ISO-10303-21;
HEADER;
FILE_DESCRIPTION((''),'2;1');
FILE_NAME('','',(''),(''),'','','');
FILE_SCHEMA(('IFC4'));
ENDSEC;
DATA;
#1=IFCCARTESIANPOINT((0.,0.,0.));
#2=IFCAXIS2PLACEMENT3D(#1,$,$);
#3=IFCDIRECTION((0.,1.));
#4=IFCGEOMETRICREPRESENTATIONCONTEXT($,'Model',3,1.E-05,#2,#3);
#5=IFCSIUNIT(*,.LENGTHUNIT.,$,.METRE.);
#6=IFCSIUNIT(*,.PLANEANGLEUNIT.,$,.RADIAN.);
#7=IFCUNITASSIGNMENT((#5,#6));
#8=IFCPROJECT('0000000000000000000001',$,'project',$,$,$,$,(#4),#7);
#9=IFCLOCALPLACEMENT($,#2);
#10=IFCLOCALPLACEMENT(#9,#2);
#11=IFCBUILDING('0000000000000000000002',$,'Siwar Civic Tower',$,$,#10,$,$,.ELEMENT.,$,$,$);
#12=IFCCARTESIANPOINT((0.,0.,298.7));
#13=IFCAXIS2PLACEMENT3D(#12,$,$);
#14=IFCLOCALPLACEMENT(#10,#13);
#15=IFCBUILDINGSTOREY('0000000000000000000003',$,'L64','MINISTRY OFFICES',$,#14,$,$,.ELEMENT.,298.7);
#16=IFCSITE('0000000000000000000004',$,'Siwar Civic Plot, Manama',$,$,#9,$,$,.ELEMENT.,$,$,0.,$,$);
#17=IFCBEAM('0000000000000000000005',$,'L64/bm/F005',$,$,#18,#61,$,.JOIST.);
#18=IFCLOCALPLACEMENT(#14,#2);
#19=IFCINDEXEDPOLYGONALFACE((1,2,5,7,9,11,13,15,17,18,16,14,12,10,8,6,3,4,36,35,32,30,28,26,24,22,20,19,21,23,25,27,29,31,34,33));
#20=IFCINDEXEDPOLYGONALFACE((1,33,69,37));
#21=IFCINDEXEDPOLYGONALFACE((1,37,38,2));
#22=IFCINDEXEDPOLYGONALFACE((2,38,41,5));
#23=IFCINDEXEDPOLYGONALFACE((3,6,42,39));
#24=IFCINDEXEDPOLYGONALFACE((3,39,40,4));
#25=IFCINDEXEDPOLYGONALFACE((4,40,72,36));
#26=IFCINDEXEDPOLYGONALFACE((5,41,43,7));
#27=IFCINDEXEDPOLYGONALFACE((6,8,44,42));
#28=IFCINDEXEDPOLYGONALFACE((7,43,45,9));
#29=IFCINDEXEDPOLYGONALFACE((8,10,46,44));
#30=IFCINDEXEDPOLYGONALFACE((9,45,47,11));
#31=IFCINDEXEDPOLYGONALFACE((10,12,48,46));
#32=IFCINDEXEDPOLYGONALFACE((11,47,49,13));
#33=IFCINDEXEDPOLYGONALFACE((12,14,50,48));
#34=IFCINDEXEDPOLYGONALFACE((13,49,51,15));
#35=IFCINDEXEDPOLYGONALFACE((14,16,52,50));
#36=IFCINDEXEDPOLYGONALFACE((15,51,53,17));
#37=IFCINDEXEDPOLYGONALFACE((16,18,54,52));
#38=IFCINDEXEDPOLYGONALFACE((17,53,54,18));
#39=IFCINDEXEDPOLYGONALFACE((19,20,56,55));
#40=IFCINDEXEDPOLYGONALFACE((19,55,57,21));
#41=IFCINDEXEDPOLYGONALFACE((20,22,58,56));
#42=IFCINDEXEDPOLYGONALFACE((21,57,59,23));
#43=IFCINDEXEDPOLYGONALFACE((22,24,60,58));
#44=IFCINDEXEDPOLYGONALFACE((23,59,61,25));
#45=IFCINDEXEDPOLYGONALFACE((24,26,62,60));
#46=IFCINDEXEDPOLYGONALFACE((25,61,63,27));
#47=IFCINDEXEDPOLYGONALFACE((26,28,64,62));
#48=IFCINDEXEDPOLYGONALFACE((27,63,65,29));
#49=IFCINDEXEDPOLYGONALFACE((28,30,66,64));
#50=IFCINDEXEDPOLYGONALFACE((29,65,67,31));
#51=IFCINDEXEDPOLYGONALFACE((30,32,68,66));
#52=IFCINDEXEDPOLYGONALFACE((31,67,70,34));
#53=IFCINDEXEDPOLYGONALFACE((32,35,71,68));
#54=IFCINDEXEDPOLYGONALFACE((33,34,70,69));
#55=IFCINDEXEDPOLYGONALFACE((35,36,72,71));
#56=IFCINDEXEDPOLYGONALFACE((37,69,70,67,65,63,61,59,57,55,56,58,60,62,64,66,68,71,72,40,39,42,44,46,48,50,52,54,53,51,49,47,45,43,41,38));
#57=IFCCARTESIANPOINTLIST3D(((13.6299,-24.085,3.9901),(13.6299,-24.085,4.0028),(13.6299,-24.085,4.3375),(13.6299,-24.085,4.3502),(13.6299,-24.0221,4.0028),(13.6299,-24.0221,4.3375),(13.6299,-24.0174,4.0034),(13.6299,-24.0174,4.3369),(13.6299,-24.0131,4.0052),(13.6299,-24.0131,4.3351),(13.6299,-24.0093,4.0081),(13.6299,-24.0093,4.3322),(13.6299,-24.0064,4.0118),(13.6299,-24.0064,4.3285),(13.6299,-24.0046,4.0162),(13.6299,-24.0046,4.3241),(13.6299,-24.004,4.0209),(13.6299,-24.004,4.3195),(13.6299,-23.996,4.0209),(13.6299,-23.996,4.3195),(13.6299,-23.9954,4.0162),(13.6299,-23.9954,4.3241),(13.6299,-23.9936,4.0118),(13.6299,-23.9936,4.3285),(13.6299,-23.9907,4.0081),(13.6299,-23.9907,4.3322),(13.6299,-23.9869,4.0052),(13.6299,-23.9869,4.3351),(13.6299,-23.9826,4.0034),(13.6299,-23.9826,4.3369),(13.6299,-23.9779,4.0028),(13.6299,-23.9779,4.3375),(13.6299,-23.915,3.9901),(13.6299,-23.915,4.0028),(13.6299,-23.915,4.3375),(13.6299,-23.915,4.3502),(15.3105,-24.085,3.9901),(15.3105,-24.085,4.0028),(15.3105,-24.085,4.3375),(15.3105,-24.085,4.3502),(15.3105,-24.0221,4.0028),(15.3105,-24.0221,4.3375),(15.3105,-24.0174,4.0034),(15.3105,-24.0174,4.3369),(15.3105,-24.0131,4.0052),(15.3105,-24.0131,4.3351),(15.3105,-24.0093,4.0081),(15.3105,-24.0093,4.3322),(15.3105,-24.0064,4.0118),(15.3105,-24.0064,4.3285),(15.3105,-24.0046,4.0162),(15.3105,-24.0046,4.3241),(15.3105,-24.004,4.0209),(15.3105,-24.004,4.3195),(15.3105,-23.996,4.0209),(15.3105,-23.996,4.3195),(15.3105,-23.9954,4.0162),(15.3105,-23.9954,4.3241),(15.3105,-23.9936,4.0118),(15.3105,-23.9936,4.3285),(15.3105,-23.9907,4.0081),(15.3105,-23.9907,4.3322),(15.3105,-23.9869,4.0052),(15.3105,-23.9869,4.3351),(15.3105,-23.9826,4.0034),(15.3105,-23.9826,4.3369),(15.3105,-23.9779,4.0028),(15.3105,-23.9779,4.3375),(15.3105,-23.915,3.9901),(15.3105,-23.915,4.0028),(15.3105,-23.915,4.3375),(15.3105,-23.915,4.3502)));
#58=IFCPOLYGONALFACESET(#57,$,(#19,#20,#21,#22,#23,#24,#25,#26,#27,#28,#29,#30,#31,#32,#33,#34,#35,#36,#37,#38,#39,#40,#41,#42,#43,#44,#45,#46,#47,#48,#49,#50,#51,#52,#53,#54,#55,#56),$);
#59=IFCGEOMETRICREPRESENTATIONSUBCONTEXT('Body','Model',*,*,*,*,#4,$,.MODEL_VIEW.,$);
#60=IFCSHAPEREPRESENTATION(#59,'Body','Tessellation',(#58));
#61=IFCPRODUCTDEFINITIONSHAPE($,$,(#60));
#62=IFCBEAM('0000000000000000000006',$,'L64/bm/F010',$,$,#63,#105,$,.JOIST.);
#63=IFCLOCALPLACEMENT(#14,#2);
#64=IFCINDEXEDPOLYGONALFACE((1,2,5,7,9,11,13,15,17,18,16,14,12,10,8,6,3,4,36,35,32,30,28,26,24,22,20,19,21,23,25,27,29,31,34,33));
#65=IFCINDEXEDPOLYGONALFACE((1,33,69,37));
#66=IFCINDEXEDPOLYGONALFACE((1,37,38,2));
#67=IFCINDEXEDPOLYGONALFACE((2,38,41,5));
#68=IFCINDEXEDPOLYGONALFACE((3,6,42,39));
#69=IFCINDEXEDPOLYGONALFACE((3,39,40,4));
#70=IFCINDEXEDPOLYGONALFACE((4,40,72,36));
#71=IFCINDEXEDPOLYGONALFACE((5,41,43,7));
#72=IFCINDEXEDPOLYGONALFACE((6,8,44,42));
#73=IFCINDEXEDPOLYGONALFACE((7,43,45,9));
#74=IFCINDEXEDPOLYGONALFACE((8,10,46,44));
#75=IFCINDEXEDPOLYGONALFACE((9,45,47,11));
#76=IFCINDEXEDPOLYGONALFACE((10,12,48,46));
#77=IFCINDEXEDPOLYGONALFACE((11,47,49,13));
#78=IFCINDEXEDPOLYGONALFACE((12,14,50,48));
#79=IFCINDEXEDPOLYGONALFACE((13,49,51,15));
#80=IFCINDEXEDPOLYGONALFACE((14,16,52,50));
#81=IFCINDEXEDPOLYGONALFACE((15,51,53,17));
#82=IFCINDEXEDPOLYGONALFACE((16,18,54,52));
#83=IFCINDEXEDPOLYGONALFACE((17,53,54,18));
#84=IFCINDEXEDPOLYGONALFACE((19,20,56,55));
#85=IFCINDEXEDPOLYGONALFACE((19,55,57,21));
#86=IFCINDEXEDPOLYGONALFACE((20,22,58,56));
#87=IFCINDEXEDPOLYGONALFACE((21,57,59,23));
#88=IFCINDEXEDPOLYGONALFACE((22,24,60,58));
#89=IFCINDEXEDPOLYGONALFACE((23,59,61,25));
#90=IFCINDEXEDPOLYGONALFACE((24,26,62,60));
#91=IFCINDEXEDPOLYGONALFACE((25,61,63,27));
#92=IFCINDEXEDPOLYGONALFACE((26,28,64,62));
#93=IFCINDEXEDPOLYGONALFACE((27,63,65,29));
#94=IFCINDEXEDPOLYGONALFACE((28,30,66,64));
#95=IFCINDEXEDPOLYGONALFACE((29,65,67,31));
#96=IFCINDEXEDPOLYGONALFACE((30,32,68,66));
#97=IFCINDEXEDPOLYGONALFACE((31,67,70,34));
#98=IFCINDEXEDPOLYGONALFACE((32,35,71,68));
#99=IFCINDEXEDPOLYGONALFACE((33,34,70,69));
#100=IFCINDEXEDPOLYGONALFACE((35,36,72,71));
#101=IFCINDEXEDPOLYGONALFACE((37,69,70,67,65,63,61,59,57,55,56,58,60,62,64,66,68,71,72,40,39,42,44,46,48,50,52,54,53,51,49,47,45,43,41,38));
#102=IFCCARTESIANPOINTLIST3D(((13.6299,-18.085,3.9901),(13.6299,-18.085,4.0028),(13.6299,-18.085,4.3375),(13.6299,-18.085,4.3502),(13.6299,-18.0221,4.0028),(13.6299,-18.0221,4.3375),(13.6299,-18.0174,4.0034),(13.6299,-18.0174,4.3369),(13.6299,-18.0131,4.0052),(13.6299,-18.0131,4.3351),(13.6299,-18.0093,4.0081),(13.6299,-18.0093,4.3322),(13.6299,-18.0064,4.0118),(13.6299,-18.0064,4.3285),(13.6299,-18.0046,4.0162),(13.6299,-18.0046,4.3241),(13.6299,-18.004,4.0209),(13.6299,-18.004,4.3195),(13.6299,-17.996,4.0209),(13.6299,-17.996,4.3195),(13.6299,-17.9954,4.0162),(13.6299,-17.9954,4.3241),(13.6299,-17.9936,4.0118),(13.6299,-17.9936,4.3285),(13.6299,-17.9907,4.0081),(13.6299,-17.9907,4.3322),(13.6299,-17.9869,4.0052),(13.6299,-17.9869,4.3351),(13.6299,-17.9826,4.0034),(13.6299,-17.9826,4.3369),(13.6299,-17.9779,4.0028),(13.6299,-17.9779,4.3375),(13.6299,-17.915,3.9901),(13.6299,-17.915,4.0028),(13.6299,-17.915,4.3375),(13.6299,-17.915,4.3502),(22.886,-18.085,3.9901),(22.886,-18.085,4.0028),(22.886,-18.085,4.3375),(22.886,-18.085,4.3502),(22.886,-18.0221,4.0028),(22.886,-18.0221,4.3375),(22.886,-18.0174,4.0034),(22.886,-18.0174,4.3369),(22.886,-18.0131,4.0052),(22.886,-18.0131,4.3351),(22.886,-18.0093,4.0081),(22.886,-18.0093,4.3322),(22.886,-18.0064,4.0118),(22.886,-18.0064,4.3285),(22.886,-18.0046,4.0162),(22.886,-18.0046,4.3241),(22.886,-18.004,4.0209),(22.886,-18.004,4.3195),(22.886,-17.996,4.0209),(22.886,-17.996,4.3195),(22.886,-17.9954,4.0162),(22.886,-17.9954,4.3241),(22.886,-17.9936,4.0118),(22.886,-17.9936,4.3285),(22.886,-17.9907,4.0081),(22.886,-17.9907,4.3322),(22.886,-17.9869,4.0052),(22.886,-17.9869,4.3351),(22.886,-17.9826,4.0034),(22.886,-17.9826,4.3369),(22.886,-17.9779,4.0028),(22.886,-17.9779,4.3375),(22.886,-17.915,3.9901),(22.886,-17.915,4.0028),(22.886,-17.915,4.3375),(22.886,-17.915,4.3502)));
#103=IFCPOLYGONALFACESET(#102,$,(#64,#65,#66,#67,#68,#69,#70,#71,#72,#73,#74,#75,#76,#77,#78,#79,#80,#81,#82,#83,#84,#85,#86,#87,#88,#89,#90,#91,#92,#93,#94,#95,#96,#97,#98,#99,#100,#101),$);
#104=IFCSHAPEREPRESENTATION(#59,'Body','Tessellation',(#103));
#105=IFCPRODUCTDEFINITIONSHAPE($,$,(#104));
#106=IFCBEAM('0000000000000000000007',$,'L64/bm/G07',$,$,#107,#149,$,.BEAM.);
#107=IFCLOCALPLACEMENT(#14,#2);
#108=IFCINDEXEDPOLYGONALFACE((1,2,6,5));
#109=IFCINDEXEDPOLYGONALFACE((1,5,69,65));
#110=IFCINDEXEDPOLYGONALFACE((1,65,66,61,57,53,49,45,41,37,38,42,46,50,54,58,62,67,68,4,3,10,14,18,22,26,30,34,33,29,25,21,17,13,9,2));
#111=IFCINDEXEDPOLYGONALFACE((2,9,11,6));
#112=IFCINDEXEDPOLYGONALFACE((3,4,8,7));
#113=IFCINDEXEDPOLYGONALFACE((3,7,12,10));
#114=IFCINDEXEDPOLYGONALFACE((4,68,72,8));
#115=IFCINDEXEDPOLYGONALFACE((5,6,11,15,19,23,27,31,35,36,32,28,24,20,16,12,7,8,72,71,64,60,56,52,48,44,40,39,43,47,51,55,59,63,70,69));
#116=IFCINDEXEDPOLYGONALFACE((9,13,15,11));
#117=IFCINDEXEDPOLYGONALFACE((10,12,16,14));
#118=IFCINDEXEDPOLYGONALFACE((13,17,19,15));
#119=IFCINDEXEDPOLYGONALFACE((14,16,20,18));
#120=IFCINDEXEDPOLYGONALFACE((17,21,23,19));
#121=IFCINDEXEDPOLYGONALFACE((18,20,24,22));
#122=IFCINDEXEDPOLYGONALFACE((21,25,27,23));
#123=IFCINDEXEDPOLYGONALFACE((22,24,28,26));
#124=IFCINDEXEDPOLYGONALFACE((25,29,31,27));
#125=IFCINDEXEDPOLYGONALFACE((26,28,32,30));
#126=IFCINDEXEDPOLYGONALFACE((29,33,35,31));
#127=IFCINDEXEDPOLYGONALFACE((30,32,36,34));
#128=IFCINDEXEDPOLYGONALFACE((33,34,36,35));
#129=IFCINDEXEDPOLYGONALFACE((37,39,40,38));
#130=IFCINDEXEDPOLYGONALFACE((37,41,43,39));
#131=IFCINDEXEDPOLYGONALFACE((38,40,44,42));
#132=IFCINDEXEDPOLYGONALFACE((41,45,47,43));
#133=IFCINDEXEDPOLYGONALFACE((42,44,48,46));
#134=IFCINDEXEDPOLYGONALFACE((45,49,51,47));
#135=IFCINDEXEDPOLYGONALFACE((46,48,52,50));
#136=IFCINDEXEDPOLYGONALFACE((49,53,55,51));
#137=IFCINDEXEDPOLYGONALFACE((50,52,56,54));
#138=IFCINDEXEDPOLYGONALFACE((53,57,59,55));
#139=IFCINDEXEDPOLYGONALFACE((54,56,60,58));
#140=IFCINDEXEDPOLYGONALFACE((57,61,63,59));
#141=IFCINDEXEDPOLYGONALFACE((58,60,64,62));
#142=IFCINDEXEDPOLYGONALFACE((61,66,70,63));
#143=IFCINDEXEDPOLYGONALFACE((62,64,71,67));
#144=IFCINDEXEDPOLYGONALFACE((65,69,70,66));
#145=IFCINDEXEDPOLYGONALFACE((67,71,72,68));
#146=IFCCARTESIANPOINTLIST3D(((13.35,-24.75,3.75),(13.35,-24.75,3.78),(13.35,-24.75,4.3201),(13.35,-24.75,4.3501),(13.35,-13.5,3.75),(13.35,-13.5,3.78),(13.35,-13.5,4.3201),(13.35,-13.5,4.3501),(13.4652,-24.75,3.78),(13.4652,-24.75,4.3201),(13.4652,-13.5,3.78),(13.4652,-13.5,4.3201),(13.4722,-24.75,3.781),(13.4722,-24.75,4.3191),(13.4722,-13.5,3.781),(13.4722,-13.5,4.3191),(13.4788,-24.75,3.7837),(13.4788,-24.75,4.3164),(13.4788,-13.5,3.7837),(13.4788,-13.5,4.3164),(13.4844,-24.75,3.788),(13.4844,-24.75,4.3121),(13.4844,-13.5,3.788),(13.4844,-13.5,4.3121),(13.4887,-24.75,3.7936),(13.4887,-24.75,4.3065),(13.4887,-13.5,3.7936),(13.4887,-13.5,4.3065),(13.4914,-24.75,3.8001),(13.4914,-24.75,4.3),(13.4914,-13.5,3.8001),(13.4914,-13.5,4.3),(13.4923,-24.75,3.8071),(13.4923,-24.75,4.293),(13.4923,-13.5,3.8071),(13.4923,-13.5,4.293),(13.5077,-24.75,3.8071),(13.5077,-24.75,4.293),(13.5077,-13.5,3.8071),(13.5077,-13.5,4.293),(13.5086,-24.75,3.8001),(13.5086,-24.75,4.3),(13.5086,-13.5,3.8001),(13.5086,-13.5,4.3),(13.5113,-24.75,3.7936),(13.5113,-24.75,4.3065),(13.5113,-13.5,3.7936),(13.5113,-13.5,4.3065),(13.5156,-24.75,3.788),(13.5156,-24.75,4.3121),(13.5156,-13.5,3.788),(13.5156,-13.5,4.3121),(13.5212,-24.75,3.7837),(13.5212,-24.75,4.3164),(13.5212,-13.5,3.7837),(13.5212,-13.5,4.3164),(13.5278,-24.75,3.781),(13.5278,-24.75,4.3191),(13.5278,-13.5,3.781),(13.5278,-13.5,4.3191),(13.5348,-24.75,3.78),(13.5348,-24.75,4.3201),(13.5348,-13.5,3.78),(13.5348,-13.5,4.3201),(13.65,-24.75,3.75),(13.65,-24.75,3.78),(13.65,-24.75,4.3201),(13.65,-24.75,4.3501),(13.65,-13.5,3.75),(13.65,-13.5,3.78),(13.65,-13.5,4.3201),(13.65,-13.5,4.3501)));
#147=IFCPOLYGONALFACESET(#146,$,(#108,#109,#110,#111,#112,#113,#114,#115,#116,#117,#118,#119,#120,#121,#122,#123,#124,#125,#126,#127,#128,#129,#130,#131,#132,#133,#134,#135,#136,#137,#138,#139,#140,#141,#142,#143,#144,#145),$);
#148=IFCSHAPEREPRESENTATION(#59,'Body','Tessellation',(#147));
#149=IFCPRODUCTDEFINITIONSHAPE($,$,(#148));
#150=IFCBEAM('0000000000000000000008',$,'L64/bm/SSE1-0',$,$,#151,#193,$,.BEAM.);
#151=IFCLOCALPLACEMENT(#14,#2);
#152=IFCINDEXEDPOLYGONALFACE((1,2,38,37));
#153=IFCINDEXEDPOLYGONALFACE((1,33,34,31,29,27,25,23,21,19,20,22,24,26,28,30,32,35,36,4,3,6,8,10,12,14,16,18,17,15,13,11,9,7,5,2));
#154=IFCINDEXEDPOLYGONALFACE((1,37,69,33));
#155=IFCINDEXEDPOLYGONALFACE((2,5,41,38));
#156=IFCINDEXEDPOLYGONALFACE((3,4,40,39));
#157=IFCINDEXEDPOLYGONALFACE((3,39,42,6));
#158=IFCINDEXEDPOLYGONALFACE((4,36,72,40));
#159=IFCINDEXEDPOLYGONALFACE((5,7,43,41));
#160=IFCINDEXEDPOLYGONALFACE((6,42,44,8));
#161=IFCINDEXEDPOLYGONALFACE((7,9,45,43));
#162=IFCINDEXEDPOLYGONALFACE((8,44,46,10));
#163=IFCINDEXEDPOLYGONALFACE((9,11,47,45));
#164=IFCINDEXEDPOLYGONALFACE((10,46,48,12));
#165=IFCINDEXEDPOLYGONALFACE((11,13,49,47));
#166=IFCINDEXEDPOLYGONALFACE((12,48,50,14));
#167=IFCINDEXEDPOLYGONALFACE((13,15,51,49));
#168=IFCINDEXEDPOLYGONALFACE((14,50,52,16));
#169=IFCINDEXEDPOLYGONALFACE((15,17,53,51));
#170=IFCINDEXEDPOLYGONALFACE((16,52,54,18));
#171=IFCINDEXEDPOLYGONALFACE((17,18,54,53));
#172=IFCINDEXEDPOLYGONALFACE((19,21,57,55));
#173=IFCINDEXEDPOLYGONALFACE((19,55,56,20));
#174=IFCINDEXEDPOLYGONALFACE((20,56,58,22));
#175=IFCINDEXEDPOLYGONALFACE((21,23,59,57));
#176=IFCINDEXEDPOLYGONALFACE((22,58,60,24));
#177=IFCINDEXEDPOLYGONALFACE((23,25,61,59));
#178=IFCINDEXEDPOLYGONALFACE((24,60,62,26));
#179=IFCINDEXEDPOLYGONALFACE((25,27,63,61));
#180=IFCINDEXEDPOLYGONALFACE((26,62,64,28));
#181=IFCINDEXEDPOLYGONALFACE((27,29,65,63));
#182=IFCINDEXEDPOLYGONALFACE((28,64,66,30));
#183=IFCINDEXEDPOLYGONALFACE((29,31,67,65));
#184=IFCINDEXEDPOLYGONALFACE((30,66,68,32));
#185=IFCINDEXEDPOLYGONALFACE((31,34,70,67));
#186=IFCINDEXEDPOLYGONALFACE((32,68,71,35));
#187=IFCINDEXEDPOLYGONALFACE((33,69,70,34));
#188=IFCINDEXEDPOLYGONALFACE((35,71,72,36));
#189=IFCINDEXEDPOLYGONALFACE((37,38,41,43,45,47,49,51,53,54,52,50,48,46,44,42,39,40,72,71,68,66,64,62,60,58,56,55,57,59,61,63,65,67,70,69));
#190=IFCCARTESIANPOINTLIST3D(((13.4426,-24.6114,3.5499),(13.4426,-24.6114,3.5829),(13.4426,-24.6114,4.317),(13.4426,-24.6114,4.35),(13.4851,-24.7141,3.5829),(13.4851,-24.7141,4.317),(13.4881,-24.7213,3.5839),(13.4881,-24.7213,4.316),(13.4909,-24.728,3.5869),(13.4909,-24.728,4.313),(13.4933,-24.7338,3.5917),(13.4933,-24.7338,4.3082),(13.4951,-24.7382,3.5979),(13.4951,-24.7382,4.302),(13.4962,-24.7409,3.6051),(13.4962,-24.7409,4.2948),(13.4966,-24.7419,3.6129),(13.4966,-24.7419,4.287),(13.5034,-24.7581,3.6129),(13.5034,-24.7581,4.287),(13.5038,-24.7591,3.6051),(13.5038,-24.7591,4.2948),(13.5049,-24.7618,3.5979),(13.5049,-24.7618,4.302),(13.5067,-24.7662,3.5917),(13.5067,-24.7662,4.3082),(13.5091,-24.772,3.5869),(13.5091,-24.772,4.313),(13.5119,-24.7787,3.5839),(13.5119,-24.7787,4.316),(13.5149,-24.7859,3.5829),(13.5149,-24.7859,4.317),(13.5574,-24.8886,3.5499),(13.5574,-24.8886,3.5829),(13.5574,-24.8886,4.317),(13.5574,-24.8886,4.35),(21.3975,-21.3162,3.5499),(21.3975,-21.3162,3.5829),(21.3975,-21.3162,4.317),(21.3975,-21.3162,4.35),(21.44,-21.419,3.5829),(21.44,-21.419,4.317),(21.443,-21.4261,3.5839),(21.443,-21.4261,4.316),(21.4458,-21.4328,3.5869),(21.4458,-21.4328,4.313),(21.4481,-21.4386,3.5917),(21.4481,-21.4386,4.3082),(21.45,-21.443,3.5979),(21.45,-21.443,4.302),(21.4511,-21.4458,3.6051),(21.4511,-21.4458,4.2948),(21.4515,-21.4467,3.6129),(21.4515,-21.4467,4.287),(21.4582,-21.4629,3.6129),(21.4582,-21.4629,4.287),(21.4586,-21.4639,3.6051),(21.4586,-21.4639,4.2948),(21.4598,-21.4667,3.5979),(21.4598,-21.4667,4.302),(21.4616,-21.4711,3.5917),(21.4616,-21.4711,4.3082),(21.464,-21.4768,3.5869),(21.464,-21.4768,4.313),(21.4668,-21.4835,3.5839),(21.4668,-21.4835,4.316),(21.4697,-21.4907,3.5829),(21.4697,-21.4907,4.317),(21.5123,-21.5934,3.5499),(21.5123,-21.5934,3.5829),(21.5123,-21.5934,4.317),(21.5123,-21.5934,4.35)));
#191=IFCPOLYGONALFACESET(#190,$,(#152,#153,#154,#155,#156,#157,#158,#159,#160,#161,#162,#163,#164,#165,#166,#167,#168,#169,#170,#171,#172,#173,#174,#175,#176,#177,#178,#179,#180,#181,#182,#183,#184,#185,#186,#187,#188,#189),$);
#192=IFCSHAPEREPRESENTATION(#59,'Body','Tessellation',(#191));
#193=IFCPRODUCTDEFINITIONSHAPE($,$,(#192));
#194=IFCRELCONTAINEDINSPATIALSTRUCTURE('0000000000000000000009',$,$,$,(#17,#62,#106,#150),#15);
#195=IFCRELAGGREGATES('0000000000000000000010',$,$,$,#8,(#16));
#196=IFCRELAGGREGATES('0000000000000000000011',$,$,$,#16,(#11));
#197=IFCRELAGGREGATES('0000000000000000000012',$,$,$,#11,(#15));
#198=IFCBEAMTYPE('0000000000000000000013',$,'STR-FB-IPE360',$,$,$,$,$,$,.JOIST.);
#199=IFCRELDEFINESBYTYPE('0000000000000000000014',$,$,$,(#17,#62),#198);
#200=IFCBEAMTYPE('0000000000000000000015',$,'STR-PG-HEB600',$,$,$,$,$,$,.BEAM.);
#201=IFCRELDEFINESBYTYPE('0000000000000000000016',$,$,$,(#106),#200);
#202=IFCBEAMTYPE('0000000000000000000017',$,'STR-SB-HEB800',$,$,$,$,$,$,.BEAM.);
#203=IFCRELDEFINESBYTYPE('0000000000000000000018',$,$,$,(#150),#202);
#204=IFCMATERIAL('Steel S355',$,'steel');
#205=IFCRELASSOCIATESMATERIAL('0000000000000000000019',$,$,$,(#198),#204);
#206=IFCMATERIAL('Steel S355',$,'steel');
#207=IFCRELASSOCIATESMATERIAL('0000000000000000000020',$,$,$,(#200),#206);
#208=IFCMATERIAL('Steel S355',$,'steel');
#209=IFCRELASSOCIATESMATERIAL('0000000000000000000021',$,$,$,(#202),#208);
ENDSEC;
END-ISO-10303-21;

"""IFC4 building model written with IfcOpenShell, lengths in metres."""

from ifc_helpers import new_model, si_unit, direction, frame, origin, origin_2d, place, context, subcontext, project, spatial, i_section, extrude, material, material_profile, profile_set, type_object, element, save


model = new_model("IFC4")

# Units and contexts
model_context = context("Model", 3, precision=1e-05, world=origin(), true_north=direction((0.0, 1.0)))
body_context = subcontext(model_context, "Body", "Model", "MODEL_VIEW")
ifc_project = project(units=[si_unit("LENGTHUNIT", "METRE"), si_unit("PLANEANGLEUNIT", "RADIAN")], contexts=[model_context])

# Site, building, storey
site_placement = place(None, origin())
site = spatial("IfcSite", under=ifc_project, at=site_placement, Name="Siwar Civic Plot, Manama", CompositionType="ELEMENT", RefElevation=0.0)
building_placement = place(site_placement, origin())
building = spatial("IfcBuilding", under=site, at=building_placement, Name="Siwar Civic Tower", CompositionType="ELEMENT")
storey_placement = place(building_placement, frame((0.0, 0.0, 298.7)))
storey = spatial("IfcBuildingStorey", under=building, at=storey_placement, Name="L64", Description="MINISTRY OFFICES", CompositionType="ELEMENT", Elevation=298.7)

# Beams
ifc_material_1 = material(Name="Steel S355", Category="steel")
ifc_material_profile_1 = material_profile(ifc_material_1, i_section(OverallWidth=0.1699, OverallDepth=0.3601, WebThickness=0.0081, FlangeThickness=0.0127, FilletRadius=0.0181, at=origin_2d()), Name="IPE360")
ifc_profile_set_1 = profile_set([ifc_material_profile_1], Name="Steel S355")
beam_type_1 = type_object("IfcBeamType", Name="STR-FB-IPE360", PredefinedType="JOIST", material=ifc_profile_set_1)
beam_1_placement = place(storey_placement, frame((13.6299, -24.0, 4.1702), z_axis=(1.0, 0.0, 0.0), x_axis=(0.0, 1.0, 0.0)))
element("IfcBeam", 1, at=beam_1_placement, inside=storey, type_object=beam_type_1, Name="L64/bm/F005", PredefinedType="JOIST", context=body_context, shape_type="SweptSolid", body=[
    extrude(i_section(OverallWidth=0.1699, OverallDepth=0.3601, WebThickness=0.0081, FlangeThickness=0.0127, FilletRadius=0.0181, at=origin_2d()), origin(), (0.0, 0.0, 1.0), 1.6807),
])
beam_2_placement = place(storey_placement, frame((13.6299, -18.0, 4.1702), z_axis=(1.0, 0.0, 0.0), x_axis=(0.0, 1.0, 0.0)))
element("IfcBeam", 2, at=beam_2_placement, inside=storey, type_object=beam_type_1, Name="L64/bm/F010", PredefinedType="JOIST", context=body_context, shape_type="SweptSolid", body=[
    extrude(i_section(OverallWidth=0.1699, OverallDepth=0.3601, WebThickness=0.0081, FlangeThickness=0.0127, FilletRadius=0.0181, at=origin_2d()), origin(), (0.0, 0.0, 1.0), 9.2561),
])
ifc_material_2 = material(Name="Steel S355", Category="steel")
ifc_material_profile_2 = material_profile(ifc_material_2, i_section(OverallWidth=0.3, OverallDepth=0.6001, WebThickness=0.0154, FlangeThickness=0.03, FilletRadius=0.0271, at=origin_2d()), Name="HEB600")
ifc_profile_set_2 = profile_set([ifc_material_profile_2], Name="Steel S355")
beam_type_2 = type_object("IfcBeamType", Name="STR-PG-HEB600", PredefinedType="BEAM", material=ifc_profile_set_2)
beam_3_placement = place(storey_placement, frame((13.5, -24.75, 4.05), z_axis=(0.0, 1.0, 0.0), x_axis=(-1.0, 0.0, 0.0)))
element("IfcBeam", 3, at=beam_3_placement, inside=storey, type_object=beam_type_2, Name="L64/bm/G07", PredefinedType="BEAM", context=body_context, shape_type="SweptSolid", body=[
    extrude(i_section(OverallWidth=0.3, OverallDepth=0.6001, WebThickness=0.0154, FlangeThickness=0.03, FilletRadius=0.0271, at=origin_2d()), origin(), (0.0, 0.0, 1.0), 11.25),
])
ifc_material_3 = material(Name="Steel S355", Category="steel")
ifc_material_profile_3 = material_profile(ifc_material_3, i_section(OverallWidth=0.3, OverallDepth=0.8, WebThickness=0.0176, FlangeThickness=0.033, FilletRadius=0.03, at=origin_2d()), Name="HEB800")
ifc_profile_set_3 = profile_set([ifc_material_profile_3], Name="Steel S355")
beam_type_3 = type_object("IfcBeamType", Name="STR-SB-HEB800", PredefinedType="BEAM", material=ifc_profile_set_3)
for number, where, z_axis, x_axis, name in (
    (4, (13.5, -24.75, 3.95), (0.923873, 0.3827, 0.0), (-0.3827, 0.923873, 0.0), "L64/bm/SSE1-0"),
):
    element("IfcBeam", number, at=place(storey_placement, frame(where, z_axis=z_axis, x_axis=x_axis)), inside=storey, type_object=beam_type_3, Name=name, PredefinedType="BEAM", context=body_context, shape_type="SweptSolid", body=[
        extrude(i_section(OverallWidth=0.3, OverallDepth=0.8, WebThickness=0.0176, FlangeThickness=0.033, FilletRadius=0.03, at=origin_2d()), origin(), (0.0, 0.0, 1.0), 8.6104),
    ])

save(model, "model.ifc")
